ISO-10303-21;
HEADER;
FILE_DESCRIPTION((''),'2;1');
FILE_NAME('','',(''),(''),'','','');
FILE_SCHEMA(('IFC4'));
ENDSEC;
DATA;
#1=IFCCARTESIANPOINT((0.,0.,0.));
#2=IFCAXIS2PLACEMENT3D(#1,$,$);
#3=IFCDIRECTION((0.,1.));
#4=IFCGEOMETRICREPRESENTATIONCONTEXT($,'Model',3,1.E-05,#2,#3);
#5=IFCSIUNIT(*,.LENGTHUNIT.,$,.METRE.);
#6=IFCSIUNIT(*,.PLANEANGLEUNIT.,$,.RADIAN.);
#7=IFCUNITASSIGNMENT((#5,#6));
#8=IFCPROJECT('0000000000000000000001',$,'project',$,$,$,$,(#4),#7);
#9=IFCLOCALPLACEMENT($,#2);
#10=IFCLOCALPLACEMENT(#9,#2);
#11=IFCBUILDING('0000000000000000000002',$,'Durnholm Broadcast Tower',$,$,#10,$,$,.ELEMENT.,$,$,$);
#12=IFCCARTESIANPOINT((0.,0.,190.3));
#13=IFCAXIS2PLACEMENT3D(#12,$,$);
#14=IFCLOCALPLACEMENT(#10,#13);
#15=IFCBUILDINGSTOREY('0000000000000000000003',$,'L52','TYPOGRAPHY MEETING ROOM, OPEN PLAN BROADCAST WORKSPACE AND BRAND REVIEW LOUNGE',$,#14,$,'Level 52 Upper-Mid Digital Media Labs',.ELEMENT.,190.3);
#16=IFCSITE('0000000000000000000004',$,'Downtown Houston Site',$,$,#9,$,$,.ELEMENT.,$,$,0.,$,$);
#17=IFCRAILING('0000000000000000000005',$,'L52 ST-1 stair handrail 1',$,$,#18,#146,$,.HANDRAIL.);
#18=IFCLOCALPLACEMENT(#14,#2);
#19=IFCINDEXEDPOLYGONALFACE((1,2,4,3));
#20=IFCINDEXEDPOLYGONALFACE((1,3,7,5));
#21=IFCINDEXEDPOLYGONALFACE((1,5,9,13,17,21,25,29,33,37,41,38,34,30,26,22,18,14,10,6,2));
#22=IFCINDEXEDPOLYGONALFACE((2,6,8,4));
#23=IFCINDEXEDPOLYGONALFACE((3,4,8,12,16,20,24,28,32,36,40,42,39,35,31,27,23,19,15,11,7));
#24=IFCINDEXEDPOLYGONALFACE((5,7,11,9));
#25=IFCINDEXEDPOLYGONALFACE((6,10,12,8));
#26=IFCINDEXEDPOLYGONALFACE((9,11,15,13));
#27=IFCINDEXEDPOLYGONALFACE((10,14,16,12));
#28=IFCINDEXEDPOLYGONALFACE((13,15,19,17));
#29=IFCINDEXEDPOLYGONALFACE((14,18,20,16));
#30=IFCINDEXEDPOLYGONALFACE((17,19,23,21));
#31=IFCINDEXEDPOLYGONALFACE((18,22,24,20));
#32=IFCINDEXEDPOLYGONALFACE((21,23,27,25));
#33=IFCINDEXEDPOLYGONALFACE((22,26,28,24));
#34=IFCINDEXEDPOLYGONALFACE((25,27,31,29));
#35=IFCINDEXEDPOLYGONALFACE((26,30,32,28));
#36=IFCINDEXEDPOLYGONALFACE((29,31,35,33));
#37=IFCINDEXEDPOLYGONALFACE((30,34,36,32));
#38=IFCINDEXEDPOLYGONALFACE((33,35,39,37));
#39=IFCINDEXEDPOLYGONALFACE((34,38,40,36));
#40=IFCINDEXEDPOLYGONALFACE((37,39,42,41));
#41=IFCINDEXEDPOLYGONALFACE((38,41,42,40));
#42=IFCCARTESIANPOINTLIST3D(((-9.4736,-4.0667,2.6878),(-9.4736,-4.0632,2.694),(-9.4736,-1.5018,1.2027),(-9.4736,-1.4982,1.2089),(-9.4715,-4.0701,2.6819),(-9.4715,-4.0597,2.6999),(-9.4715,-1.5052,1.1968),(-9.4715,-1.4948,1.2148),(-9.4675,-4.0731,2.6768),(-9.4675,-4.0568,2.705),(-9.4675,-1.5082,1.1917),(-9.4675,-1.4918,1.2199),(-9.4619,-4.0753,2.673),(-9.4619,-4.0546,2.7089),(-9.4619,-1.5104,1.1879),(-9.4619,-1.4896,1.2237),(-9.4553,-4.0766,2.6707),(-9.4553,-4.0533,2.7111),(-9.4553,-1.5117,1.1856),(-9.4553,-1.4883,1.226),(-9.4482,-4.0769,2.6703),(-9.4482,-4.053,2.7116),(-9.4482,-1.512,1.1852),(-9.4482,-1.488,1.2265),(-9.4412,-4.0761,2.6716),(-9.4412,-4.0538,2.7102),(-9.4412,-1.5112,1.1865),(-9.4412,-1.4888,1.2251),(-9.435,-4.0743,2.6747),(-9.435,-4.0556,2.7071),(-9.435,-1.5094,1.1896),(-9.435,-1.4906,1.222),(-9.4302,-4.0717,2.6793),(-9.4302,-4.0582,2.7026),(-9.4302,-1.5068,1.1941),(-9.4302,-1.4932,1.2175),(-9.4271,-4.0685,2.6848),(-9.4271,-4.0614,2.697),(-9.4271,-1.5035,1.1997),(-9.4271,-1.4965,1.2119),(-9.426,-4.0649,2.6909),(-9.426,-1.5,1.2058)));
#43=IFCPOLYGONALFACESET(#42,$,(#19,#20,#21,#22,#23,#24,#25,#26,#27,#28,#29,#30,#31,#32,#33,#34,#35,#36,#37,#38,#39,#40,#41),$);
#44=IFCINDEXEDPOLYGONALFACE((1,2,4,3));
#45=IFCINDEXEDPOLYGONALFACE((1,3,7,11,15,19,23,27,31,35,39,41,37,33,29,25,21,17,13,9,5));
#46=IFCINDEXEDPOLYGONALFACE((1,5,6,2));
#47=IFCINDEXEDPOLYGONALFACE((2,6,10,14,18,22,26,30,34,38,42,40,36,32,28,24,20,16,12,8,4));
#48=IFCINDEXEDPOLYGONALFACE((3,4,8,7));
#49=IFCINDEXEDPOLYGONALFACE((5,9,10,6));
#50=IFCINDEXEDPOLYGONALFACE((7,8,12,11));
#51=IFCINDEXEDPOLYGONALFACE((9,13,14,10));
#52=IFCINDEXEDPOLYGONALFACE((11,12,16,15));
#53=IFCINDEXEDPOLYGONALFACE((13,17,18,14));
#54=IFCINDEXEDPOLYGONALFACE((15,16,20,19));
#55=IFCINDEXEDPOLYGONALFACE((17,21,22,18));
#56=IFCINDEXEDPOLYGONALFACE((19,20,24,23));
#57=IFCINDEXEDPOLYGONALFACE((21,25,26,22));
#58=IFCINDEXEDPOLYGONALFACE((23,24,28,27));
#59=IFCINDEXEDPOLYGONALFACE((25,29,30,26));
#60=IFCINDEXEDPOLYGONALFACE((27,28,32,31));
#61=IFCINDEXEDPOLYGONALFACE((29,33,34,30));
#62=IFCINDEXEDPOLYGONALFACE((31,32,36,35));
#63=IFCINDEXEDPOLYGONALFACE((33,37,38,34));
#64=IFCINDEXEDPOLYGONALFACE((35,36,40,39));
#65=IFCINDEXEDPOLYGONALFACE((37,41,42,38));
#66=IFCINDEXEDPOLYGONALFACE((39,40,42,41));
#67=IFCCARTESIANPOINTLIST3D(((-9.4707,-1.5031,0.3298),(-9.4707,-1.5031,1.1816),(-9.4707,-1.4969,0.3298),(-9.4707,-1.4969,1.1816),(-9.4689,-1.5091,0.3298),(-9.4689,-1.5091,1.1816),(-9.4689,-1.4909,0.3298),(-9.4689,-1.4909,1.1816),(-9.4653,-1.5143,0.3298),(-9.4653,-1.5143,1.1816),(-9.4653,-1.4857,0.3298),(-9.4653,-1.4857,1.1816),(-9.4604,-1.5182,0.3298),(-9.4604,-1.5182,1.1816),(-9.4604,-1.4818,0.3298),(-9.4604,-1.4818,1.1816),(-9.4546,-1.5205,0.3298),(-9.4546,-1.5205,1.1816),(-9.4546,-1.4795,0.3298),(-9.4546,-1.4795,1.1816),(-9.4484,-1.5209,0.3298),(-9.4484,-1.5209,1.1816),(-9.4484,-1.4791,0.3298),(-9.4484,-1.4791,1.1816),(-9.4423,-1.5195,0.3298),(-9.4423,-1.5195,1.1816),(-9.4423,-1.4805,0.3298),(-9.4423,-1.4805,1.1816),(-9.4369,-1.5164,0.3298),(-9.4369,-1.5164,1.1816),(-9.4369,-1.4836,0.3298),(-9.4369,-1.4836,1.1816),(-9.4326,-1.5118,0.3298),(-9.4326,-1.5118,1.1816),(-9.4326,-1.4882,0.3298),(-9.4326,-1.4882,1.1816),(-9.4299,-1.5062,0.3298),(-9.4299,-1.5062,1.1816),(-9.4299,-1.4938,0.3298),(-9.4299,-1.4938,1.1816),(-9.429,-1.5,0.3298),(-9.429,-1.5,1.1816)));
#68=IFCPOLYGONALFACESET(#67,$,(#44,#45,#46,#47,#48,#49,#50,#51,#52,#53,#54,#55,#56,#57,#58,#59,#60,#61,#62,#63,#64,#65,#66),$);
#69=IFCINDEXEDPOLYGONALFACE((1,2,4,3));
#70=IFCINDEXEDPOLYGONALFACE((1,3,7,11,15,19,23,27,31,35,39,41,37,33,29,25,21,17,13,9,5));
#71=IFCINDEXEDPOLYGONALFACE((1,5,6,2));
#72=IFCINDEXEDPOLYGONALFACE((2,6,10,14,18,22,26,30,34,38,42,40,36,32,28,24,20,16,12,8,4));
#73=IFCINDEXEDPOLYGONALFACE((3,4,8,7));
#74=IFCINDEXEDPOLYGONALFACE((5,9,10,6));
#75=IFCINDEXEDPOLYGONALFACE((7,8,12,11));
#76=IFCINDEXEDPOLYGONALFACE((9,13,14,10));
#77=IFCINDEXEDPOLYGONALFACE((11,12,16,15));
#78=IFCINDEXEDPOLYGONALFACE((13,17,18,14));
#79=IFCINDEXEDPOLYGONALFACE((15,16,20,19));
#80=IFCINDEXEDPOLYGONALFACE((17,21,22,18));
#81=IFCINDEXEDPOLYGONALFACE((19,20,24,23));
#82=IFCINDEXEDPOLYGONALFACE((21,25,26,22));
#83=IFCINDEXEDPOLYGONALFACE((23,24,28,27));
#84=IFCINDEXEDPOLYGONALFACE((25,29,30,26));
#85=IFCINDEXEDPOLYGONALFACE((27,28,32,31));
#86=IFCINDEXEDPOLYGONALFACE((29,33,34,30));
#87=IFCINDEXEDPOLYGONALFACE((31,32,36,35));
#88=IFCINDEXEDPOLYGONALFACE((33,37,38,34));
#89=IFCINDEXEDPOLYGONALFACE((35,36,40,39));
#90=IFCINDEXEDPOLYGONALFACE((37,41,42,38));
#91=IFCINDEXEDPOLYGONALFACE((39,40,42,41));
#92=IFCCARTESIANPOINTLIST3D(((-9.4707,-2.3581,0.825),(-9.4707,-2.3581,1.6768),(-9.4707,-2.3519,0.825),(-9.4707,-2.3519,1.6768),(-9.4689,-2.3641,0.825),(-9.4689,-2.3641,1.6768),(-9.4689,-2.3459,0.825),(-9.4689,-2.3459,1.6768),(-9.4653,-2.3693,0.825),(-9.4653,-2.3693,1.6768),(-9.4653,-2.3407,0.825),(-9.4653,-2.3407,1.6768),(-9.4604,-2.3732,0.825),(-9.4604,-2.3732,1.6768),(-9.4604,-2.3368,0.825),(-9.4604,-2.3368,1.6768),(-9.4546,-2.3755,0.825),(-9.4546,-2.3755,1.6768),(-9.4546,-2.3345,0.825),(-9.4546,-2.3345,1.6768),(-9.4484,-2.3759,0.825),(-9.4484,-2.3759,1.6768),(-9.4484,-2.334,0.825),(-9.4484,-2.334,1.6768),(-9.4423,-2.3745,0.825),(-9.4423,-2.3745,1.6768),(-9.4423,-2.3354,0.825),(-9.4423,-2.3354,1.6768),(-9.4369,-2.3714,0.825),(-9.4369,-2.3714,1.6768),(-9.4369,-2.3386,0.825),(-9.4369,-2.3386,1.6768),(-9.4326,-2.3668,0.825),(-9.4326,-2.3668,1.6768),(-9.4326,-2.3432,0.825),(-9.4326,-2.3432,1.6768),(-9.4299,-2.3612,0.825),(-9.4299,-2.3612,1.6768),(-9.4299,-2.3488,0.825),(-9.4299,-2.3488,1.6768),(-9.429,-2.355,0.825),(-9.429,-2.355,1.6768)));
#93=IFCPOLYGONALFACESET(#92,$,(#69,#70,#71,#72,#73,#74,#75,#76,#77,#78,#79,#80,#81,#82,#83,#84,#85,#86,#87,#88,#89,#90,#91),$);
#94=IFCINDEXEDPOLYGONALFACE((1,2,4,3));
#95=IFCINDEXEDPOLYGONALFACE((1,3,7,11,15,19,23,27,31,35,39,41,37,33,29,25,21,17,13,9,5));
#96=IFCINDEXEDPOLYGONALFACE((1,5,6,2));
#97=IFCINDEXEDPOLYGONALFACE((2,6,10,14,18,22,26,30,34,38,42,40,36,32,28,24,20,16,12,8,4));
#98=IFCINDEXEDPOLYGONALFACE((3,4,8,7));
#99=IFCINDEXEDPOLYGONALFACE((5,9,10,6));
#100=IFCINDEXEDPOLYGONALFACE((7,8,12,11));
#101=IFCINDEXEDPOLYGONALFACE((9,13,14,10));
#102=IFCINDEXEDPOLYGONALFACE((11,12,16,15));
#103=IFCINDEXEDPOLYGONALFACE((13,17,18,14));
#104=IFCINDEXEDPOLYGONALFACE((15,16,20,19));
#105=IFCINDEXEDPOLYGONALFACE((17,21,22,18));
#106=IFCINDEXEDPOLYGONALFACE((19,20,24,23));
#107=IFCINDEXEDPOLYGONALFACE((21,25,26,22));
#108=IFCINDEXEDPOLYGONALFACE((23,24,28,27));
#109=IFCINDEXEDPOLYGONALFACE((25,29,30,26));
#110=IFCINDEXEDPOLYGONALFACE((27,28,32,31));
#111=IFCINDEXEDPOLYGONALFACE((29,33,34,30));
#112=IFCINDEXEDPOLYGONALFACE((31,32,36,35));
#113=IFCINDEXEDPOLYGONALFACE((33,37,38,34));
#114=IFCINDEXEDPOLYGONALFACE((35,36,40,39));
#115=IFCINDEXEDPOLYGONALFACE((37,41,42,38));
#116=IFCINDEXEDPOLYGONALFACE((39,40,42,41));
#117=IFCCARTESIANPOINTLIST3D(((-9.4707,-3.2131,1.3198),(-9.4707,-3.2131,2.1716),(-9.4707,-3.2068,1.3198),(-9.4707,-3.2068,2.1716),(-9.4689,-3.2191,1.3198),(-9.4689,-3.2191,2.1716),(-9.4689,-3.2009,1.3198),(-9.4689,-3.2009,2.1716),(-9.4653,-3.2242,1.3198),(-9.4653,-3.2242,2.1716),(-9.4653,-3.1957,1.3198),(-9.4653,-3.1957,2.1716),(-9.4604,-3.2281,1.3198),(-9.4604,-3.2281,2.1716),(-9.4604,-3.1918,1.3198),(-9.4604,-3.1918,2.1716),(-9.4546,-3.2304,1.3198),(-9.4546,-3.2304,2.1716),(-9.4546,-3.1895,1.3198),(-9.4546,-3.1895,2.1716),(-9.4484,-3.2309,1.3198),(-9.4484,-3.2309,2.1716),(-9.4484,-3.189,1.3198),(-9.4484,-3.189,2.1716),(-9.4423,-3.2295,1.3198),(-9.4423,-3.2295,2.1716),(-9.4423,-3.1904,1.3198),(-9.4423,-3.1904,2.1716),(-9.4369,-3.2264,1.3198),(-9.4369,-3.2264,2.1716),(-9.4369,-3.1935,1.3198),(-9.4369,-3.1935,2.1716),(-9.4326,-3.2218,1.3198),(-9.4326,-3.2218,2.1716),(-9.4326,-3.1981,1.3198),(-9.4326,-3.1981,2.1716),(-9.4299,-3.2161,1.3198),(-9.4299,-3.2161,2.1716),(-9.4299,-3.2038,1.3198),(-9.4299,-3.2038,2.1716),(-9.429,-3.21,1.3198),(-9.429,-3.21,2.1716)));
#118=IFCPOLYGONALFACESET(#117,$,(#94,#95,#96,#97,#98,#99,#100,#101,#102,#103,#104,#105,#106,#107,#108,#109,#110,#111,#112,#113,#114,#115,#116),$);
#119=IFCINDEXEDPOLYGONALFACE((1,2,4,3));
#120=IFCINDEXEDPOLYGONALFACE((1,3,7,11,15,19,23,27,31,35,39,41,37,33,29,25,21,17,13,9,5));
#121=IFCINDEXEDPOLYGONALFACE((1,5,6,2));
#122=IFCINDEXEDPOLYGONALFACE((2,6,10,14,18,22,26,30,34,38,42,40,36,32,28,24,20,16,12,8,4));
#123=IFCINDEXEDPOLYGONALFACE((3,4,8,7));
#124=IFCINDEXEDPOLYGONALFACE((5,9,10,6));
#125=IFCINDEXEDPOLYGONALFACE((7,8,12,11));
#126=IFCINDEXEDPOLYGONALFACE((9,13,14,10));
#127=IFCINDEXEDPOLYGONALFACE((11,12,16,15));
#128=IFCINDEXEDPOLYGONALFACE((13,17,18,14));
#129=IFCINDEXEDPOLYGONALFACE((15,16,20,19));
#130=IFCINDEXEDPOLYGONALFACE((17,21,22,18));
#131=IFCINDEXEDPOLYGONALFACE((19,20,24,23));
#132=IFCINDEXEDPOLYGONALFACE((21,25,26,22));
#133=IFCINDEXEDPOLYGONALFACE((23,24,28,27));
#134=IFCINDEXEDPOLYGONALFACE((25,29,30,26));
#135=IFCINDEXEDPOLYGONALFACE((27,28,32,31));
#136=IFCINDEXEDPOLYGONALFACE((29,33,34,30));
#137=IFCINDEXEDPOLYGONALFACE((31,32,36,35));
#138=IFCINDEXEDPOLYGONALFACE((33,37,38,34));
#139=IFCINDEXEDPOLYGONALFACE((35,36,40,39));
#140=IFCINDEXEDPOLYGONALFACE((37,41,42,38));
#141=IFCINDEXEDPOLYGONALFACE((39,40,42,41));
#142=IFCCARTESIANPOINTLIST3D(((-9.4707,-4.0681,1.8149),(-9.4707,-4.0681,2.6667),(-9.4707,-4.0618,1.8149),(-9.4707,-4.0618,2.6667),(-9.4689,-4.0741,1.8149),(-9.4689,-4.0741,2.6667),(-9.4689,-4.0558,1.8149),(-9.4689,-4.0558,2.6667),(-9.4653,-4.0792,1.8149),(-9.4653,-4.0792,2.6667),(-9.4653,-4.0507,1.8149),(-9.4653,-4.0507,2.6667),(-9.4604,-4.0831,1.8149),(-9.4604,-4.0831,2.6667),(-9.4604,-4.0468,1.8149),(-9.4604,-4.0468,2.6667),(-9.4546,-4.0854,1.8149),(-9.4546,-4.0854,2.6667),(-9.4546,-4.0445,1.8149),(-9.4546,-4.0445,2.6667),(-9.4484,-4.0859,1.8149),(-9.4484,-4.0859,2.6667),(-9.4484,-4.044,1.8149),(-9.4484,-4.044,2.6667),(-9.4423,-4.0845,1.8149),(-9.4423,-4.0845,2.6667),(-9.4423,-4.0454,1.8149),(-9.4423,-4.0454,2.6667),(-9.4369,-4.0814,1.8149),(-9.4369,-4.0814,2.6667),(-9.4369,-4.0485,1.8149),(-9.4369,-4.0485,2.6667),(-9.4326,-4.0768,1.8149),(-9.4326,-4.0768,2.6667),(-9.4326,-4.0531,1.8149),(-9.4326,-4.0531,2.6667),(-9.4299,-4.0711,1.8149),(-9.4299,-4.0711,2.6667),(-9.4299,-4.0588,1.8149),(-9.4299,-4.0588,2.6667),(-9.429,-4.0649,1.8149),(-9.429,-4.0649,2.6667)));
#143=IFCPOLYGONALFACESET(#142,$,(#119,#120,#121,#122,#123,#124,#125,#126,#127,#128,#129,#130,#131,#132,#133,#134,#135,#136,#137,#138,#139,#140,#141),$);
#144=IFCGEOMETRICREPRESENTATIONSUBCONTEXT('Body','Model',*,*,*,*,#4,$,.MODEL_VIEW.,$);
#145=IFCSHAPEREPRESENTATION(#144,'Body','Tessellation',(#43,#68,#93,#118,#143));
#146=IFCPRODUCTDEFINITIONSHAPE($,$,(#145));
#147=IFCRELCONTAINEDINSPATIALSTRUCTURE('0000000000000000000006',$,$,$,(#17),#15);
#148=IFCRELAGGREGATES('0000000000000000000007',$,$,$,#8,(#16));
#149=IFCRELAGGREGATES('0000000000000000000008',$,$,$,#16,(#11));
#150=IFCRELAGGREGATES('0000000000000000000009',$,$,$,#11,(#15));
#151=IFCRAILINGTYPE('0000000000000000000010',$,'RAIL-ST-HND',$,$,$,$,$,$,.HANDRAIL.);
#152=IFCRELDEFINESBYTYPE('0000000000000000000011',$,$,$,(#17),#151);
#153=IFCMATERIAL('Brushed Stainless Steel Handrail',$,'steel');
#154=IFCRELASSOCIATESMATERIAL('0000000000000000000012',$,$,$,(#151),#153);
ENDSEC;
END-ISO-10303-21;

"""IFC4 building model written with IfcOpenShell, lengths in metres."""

from ifc_helpers import new_model, si_unit, direction, frame, origin, origin_2d, place, context, subcontext, project, spatial, circle, extrude, material, type_object, element, save


model = new_model("IFC4")

# Units and contexts
model_context = context("Model", 3, precision=1e-05, world=origin(), true_north=direction((0.0, 1.0)))
body_context = subcontext(model_context, "Body", "Model", "MODEL_VIEW")
ifc_project = project(units=[si_unit("LENGTHUNIT", "METRE"), si_unit("PLANEANGLEUNIT", "RADIAN")], contexts=[model_context])

# Site, building, storey
site_placement = place(None, origin())
site = spatial("IfcSite", under=ifc_project, at=site_placement, Name="Downtown Houston Site", CompositionType="ELEMENT", RefElevation=0.0)
building_placement = place(site_placement, origin())
building = spatial("IfcBuilding", under=site, at=building_placement, Name="Durnholm Broadcast Tower", CompositionType="ELEMENT")
storey_placement = place(building_placement, frame((0.0, 0.0, 190.3)))
storey = spatial("IfcBuildingStorey", under=building, at=storey_placement, Name="L52", Description="TYPOGRAPHY MEETING ROOM, OPEN PLAN BROADCAST WORKSPACE AND BRAND REVIEW LOUNGE", LongName="Level 52 Upper-Mid Digital Media Labs", CompositionType="ELEMENT", Elevation=190.3)

# Railing
ifc_material_1 = material(Name="Brushed Stainless Steel Handrail", Category="steel")
railing_type = type_object("IfcRailingType", Name="RAIL-ST-HND", PredefinedType="HANDRAIL", material=ifc_material_1)
railing_placement = place(storey_placement, frame((-9.45, -1.5, 0.3298)))
element("IfcRailing", 1, at=railing_placement, inside=storey, type_object=railing_type, Name="L52 ST-1 stair handrail 1", PredefinedType="HANDRAIL", context=body_context, shape_type="SweptSolid", body=[
    extrude(circle(Radius=0.0239, at=origin_2d()), frame((0.0, 0.0, 0.876), z_axis=(0.0, -0.865406, 0.501072), x_axis=(1.0, 0.0, 0.0)), (0.0, 0.0, 1.0), 2.9639),
    extrude(circle(Radius=0.021, at=origin_2d()), origin(), (0.0, 0.0, 1.0), 0.8518),
    extrude(circle(Radius=0.021, at=origin_2d()), frame((0.0, -0.855, 0.4951)), (0.0, 0.0, 1.0), 0.8518),
    extrude(circle(Radius=0.021, at=origin_2d()), frame((0.0, -1.71, 0.99)), (0.0, 0.0, 1.0), 0.8518),
    extrude(circle(Radius=0.021, at=origin_2d()), frame((0.0, -2.5649, 1.4851)), (0.0, 0.0, 1.0), 0.8518),
])

save(model, "model.ifc")
